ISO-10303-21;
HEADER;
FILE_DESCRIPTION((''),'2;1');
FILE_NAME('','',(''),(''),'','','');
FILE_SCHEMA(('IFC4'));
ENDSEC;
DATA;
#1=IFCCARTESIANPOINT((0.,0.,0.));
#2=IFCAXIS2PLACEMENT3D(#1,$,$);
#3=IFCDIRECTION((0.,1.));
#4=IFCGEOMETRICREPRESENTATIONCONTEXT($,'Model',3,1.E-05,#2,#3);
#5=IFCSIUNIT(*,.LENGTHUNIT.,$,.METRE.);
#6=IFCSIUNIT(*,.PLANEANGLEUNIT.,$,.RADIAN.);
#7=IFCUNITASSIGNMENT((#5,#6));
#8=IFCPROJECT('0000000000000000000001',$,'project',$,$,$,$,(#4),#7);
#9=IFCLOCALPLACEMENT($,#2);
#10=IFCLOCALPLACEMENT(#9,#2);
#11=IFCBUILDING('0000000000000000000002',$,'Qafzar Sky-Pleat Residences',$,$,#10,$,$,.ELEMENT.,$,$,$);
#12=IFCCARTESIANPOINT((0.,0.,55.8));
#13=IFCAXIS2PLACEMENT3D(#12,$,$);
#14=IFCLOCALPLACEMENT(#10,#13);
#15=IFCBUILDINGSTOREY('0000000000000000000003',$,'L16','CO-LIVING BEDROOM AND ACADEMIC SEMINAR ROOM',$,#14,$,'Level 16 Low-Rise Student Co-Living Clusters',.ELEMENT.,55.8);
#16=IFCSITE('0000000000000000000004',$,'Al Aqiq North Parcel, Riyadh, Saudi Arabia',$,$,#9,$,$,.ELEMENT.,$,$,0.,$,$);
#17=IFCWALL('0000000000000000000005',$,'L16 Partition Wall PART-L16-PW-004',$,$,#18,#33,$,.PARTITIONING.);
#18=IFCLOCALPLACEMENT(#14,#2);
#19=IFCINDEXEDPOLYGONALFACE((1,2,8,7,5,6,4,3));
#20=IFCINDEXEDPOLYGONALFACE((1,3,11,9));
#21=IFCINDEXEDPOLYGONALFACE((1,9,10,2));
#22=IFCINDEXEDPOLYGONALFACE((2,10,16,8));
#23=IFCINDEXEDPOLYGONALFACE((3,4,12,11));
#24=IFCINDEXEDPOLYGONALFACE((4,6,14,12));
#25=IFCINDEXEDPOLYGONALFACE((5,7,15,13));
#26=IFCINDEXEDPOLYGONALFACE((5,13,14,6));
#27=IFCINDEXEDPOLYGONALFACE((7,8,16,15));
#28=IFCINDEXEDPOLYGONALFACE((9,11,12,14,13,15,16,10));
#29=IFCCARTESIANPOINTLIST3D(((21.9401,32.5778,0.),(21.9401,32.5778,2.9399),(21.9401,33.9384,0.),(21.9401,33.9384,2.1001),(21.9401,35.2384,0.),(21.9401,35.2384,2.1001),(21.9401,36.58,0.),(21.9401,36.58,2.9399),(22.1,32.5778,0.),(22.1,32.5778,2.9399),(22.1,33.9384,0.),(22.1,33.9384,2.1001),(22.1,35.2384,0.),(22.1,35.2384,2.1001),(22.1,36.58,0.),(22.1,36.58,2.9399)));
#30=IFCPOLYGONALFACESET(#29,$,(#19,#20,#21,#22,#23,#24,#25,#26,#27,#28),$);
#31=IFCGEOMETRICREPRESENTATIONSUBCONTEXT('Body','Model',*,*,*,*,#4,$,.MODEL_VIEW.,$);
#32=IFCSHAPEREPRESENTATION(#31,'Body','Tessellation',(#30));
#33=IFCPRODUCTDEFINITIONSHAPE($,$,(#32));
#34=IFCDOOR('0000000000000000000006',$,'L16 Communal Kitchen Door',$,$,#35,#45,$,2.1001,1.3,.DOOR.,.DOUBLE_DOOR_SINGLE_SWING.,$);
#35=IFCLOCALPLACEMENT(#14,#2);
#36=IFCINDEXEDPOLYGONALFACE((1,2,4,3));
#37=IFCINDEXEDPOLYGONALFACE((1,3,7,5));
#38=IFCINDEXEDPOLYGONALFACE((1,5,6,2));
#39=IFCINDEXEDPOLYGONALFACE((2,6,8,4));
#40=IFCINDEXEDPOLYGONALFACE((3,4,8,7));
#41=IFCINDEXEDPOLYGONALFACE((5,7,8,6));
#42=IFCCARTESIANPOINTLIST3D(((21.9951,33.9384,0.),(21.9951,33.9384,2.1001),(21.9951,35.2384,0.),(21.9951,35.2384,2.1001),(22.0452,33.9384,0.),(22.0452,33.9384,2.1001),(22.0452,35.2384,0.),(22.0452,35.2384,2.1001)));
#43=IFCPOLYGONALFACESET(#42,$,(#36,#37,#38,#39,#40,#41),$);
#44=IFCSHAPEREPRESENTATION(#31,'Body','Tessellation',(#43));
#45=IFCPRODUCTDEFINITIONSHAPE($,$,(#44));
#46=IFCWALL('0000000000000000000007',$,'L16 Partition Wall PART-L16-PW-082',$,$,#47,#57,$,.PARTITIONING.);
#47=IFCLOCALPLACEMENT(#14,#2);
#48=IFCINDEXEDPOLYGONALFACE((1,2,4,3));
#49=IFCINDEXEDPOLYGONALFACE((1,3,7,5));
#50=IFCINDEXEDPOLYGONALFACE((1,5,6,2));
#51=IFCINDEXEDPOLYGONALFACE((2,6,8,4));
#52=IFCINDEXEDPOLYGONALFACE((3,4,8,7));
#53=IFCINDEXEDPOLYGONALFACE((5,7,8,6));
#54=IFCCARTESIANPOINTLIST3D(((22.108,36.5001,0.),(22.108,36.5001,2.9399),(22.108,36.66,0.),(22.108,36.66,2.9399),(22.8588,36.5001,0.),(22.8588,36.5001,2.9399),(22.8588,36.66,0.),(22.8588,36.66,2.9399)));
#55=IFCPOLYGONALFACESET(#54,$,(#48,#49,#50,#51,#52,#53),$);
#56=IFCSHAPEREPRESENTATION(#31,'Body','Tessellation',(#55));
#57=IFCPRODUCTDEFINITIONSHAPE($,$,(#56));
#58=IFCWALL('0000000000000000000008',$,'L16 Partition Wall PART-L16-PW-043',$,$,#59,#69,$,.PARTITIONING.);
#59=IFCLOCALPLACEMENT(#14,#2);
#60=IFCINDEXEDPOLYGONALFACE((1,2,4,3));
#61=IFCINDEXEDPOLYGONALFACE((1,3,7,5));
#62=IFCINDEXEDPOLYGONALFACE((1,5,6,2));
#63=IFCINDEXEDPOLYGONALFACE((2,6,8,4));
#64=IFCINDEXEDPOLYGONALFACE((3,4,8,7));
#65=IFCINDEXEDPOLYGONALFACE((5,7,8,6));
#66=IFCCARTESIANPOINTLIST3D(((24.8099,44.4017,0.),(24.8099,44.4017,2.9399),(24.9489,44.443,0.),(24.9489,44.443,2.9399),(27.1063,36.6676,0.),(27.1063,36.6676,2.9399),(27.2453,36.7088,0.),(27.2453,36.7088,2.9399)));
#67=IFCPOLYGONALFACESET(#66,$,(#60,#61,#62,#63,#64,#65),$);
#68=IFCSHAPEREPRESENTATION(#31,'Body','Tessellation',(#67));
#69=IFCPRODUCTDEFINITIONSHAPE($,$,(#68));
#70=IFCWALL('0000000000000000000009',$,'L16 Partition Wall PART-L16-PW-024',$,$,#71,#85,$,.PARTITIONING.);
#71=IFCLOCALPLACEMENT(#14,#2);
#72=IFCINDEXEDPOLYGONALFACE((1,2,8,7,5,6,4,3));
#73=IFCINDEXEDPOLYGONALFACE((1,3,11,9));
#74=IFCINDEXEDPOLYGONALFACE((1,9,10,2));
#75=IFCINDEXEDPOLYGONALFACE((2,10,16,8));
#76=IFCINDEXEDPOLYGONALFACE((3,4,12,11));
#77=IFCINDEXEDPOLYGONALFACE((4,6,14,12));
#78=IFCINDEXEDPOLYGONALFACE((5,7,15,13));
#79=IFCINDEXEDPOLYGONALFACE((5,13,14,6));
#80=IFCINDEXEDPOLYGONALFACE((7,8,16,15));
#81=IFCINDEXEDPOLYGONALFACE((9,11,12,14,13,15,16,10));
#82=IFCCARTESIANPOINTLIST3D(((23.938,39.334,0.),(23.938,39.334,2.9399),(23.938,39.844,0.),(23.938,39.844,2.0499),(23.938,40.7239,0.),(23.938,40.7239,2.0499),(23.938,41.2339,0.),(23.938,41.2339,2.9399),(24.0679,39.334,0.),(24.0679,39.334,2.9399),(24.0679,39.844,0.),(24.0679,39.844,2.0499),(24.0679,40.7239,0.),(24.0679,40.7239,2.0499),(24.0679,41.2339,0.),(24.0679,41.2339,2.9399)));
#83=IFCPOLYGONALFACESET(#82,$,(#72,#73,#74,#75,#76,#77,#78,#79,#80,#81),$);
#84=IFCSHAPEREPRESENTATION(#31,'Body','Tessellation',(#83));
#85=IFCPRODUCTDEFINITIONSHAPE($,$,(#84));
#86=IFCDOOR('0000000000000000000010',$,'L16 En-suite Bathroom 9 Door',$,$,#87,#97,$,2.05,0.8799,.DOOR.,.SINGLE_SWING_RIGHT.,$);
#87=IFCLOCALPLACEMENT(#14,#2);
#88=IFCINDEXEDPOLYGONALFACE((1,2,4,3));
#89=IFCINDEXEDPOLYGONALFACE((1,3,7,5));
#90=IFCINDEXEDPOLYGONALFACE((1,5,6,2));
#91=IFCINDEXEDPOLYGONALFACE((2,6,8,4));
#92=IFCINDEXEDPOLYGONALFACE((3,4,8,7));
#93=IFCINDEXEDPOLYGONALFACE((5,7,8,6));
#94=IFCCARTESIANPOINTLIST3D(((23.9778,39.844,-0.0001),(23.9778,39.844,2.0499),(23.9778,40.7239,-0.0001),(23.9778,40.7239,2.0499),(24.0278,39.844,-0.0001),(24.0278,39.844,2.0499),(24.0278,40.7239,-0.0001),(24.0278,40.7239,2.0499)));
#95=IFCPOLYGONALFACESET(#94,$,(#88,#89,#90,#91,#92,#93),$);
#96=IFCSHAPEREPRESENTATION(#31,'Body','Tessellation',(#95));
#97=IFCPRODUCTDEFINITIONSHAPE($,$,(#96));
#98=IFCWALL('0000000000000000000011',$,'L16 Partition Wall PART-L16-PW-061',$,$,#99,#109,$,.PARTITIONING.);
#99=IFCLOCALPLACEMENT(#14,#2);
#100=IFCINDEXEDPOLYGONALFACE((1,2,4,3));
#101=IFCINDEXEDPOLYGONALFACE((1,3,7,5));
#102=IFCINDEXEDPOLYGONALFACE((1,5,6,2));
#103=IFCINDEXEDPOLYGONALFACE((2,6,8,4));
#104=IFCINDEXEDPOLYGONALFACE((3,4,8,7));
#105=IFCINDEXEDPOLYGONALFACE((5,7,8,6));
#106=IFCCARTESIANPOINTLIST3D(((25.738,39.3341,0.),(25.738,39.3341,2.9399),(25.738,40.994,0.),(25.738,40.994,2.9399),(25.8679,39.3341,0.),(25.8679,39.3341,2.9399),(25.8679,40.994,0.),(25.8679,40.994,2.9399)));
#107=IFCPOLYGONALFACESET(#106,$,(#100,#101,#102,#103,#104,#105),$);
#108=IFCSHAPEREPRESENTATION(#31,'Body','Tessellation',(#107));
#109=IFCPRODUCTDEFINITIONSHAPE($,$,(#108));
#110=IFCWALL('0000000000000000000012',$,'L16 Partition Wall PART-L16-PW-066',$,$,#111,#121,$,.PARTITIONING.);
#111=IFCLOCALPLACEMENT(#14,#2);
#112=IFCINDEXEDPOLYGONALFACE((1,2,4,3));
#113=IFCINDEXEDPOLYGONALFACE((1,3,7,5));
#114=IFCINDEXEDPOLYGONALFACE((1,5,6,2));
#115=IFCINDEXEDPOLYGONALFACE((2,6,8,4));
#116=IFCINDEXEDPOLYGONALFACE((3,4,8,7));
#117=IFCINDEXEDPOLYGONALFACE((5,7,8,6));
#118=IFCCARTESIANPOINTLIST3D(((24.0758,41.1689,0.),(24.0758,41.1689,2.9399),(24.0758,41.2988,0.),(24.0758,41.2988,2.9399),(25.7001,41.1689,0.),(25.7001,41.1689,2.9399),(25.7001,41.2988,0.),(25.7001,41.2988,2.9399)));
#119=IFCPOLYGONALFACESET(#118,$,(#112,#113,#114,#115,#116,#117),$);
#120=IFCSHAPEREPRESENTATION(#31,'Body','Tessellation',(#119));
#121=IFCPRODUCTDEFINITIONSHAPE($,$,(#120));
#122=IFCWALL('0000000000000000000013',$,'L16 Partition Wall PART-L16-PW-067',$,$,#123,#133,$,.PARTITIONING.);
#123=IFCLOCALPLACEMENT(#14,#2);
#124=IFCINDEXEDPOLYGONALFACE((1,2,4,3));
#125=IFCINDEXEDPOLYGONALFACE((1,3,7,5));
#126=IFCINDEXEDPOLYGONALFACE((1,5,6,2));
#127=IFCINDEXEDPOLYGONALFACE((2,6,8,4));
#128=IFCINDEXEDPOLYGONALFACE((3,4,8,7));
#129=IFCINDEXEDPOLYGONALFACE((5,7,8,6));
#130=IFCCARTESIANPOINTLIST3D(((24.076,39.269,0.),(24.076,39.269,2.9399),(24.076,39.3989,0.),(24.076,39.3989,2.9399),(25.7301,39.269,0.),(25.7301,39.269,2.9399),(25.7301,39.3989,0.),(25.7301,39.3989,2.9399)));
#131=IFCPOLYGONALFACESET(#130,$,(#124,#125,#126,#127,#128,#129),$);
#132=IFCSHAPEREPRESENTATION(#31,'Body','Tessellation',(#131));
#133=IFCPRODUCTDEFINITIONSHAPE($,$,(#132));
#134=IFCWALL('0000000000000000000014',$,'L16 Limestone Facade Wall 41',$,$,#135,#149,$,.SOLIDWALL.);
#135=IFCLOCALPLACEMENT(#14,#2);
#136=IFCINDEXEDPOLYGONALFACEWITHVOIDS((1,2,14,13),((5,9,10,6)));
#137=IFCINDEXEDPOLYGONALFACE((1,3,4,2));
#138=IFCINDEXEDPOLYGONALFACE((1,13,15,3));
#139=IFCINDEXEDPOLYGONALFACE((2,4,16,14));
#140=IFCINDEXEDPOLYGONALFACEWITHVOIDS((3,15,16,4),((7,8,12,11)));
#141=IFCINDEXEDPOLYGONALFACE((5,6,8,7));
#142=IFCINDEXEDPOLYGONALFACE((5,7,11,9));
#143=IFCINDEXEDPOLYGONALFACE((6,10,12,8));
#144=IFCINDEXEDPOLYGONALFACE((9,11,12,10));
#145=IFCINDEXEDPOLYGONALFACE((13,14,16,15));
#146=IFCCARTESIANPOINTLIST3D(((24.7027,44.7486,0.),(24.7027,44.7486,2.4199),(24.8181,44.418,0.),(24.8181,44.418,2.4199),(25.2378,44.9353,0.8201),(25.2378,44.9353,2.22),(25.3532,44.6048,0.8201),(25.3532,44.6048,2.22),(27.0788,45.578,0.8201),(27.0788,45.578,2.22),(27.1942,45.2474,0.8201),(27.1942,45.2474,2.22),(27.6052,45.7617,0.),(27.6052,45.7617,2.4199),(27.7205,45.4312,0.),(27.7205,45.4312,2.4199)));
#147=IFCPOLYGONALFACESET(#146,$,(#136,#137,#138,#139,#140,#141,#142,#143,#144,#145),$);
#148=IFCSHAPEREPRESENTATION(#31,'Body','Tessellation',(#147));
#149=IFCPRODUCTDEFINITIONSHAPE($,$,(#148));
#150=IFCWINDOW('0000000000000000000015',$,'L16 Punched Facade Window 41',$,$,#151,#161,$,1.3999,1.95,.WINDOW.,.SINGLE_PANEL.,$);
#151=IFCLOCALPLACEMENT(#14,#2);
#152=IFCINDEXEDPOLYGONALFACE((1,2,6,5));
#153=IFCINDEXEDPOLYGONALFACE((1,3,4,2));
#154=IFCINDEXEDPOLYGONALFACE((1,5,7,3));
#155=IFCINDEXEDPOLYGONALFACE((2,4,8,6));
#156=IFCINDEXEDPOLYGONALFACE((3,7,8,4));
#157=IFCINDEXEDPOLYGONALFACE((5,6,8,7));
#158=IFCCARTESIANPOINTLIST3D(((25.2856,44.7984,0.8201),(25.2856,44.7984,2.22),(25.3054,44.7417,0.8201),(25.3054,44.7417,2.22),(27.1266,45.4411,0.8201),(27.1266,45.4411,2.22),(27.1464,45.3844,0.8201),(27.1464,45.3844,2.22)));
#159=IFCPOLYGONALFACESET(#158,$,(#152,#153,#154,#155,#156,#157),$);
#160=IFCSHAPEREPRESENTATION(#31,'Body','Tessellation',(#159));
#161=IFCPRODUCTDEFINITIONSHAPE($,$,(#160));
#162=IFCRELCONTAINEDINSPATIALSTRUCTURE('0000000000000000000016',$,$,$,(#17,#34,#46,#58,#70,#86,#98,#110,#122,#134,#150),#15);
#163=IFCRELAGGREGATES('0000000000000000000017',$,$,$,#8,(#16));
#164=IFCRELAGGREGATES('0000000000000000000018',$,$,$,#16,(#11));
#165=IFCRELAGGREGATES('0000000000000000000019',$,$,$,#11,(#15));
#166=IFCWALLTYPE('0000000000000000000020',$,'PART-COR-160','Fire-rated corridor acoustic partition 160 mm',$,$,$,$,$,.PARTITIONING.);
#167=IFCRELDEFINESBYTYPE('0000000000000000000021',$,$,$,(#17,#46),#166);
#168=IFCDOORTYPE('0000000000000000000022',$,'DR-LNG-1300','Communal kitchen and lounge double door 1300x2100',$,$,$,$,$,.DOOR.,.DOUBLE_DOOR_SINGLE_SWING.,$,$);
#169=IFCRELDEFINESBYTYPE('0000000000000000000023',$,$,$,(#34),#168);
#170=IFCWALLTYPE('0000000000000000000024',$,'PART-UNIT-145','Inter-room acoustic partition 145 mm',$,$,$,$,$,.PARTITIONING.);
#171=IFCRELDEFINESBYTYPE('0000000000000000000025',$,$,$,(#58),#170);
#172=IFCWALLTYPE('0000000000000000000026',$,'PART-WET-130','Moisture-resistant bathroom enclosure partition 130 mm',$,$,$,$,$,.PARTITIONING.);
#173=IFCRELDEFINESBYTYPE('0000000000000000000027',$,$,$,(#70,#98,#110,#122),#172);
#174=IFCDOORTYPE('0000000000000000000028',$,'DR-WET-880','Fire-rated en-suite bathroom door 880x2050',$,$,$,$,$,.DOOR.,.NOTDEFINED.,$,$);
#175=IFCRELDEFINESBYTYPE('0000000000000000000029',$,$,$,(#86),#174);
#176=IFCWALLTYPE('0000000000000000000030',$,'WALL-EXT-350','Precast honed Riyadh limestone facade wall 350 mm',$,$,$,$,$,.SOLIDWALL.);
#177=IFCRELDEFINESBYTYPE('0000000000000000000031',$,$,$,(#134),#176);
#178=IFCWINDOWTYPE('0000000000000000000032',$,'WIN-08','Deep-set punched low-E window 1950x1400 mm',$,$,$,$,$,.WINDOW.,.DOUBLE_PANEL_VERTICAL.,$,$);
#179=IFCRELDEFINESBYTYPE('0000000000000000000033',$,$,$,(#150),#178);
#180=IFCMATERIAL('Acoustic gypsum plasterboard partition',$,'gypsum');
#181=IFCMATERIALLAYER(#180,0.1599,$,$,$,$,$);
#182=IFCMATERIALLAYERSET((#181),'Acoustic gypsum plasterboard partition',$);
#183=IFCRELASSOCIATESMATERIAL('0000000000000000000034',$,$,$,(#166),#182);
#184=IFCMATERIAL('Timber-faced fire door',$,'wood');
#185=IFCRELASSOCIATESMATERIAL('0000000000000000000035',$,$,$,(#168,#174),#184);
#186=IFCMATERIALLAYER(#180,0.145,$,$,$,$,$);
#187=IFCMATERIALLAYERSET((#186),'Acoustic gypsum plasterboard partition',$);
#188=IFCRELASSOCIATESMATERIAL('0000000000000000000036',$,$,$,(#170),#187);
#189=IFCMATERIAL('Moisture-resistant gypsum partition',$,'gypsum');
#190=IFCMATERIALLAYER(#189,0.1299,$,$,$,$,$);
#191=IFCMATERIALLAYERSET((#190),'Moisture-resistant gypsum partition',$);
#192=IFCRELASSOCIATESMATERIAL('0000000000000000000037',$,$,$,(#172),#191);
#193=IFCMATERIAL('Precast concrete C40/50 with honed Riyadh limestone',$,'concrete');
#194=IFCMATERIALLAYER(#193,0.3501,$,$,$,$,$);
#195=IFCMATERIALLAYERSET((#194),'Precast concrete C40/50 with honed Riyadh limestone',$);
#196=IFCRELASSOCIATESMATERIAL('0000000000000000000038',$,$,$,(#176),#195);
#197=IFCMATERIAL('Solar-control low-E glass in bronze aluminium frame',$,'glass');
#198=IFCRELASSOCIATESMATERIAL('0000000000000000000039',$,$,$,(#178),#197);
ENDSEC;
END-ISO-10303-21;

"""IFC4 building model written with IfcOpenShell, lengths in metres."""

from ifc_helpers import new_model, si_unit, direction, frame, frame_2d, origin, place, context, subcontext, project, spatial, rectangle, extrude, source, transform, mapped, material, layer, layer_set, type_object, element, fill, save


model = new_model("IFC4")

# Units and contexts
model_context = context("Model", 3, precision=1e-05, world=origin(), true_north=direction((0.0, 1.0)))
body_context = subcontext(model_context, "Body", "Model", "MODEL_VIEW")
ifc_project = project(units=[si_unit("LENGTHUNIT", "METRE"), si_unit("PLANEANGLEUNIT", "RADIAN")], contexts=[model_context])

# Site, building, storey
site_placement = place(None, origin())
site = spatial("IfcSite", under=ifc_project, at=site_placement, Name="Al Aqiq North Parcel, Riyadh, Saudi Arabia", CompositionType="ELEMENT", RefElevation=0.0)
building_placement = place(site_placement, origin())
building = spatial("IfcBuilding", under=site, at=building_placement, Name="Qafzar Sky-Pleat Residences", CompositionType="ELEMENT")
storey_placement = place(building_placement, frame((0.0, 0.0, 55.8)))
storey = spatial("IfcBuildingStorey", under=building, at=storey_placement, Name="L16", Description="CO-LIVING BEDROOM AND ACADEMIC SEMINAR ROOM", LongName="Level 16 Low-Rise Student Co-Living Clusters", CompositionType="ELEMENT", Elevation=55.8)

# Wall, opening, door
ifc_material_1 = material(Name="Acoustic gypsum plasterboard partition", Category="gypsum")
ifc_layer_1 = layer(ifc_material_1, 0.1599)
ifc_layer_set_1 = layer_set([ifc_layer_1], Name="Acoustic gypsum plasterboard partition")
wall_type_1 = type_object("IfcWallType", Name="PART-COR-160", Description="Fire-rated corridor acoustic partition 160 mm", PredefinedType="PARTITIONING", material=ifc_layer_set_1)
ifc_material_2 = material(Name="Timber-faced fire door", Category="wood")
door_type_1 = type_object("IfcDoorType", Name="DR-LNG-1300", Description="Communal kitchen and lounge double door 1300x2100", OperationType="DOUBLE_DOOR_SINGLE_SWING", PredefinedType="DOOR", material=ifc_material_2)
shared_shape_1 = source(origin(), body_context, "Body", "SweptSolid", [
    extrude(rectangle(XDim=1.3, YDim=2.1001, at=frame_2d((0.6499, 1.05))), frame((0.0, 0.0249, 0.0), z_axis=(0.0, -1.0, 0.0), x_axis=(1.0, 0.0, 0.0)), (0.0, 0.0, 1.0), 0.05),
])
wall_1_placement = place(storey_placement, frame((22.02, 32.5779, 0.0), z_axis=(0.0, 0.0, 1.0), x_axis=(0.0, 1.0, 0.0)))
wall_1 = element("IfcWall", 1, at=wall_1_placement, inside=storey, type_object=wall_type_1, Name="L16 Partition Wall PART-L16-PW-004", PredefinedType="PARTITIONING", context=body_context, shape_type="SweptSolid", body=[
    extrude(rectangle(XDim=4.0022, YDim=0.1599, at=frame_2d((2.001, 0.0))), origin(), (0.0, 0.0, 1.0), 2.9399),
])
opening_1_placement = place(wall_1_placement, frame((1.3606, 0.0, 0.0)))
opening_1 = element("IfcOpeningElement", 2, at=opening_1_placement, cuts=wall_1, PredefinedType="OPENING", context=body_context, shape_type="SweptSolid", body=[
    extrude(rectangle(XDim=1.3, YDim=2.1001, at=frame_2d((0.6499, 1.05))), frame((0.0, 0.0898, 0.0), z_axis=(0.0, -1.0, 0.0), x_axis=(1.0, 0.0, 0.0)), (0.0, 0.0, 1.0), 0.1799),
])
door_1_placement = place(opening_1_placement, origin())
door_1 = element("IfcDoor", 3, at=door_1_placement, inside=storey, type_object=door_type_1, Name="L16 Communal Kitchen Door", OperationType="DOUBLE_DOOR_SINGLE_SWING", OverallHeight=2.1001, OverallWidth=1.3, PredefinedType="DOOR", context=body_context, shape_type="MappedRepresentation", body=[
    mapped(shared_shape_1, transform((0.0, 0.0, 0.0), x_axis=(1.0, 0.0, 0.0), y_axis=(0.0, 1.0, 0.0), z_axis=(0.0, 0.0, 1.0), scale=1.0)),
])
fill(opening_1, door_1)

# Walls
wall_2_placement = place(storey_placement, frame((22.1079, 36.5801, 0.0), z_axis=(0.0, 0.0, 1.0), x_axis=(1.0, 0.0, 0.0)))
element("IfcWall", 4, at=wall_2_placement, inside=storey, type_object=wall_type_1, Name="L16 Partition Wall PART-L16-PW-082", PredefinedType="PARTITIONING", context=body_context, shape_type="SweptSolid", body=[
    extrude(rectangle(XDim=0.7507, YDim=0.1599, at=frame_2d((0.3755, 0.0))), origin(), (0.0, 0.0, 1.0), 2.9399),
])
ifc_layer_2 = layer(ifc_material_1, 0.145)
ifc_layer_set_2 = layer_set([ifc_layer_2], Name="Acoustic gypsum plasterboard partition")
wall_type_2 = type_object("IfcWallType", Name="PART-UNIT-145", Description="Inter-room acoustic partition 145 mm", PredefinedType="PARTITIONING", material=ifc_layer_set_2)
wall_3_placement = place(storey_placement, frame((24.8794, 44.4224, 0.0), z_axis=(0.0, 0.0, 1.0), x_axis=(0.284634, -0.958636, 0.0)))
element("IfcWall", 5, at=wall_3_placement, inside=storey, type_object=wall_type_2, Name="L16 Partition Wall PART-L16-PW-043", PredefinedType="PARTITIONING", context=body_context, shape_type="SweptSolid", body=[
    extrude(rectangle(XDim=8.0679, YDim=0.145, at=frame_2d((4.0339, 0.0))), origin(), (0.0, 0.0, 1.0), 2.9399),
])

# Wall, opening, door
ifc_material_3 = material(Name="Moisture-resistant gypsum partition", Category="gypsum")
ifc_layer_3 = layer(ifc_material_3, 0.1299)
ifc_layer_set_3 = layer_set([ifc_layer_3], Name="Moisture-resistant gypsum partition")
wall_type_3 = type_object("IfcWallType", Name="PART-WET-130", Description="Moisture-resistant bathroom enclosure partition 130 mm", PredefinedType="PARTITIONING", material=ifc_layer_set_3)
wall_4_placement = place(storey_placement, frame((24.0029, 41.2339, 0.0), z_axis=(0.0, 0.0, 1.0), x_axis=(0.0, -1.0, 0.0)))
wall_4 = element("IfcWall", 6, at=wall_4_placement, inside=storey, type_object=wall_type_3, Name="L16 Partition Wall PART-L16-PW-024", PredefinedType="PARTITIONING", context=body_context, shape_type="SweptSolid", body=[
    extrude(rectangle(XDim=1.8999, YDim=0.1299, at=frame_2d((0.95, 0.0))), origin(), (0.0, 0.0, 1.0), 2.9399),
])
opening_2_placement = place(wall_4_placement, frame((0.51, 0.0, 0.0)))
opening_2 = element("IfcOpeningElement", 7, at=opening_2_placement, cuts=wall_4, PredefinedType="OPENING", context=body_context, shape_type="SweptSolid", body=[
    extrude(rectangle(XDim=0.8799, YDim=2.05, at=frame_2d((0.4399, 1.0249))), frame((0.0, 0.075, 0.0), z_axis=(0.0, -1.0, 0.0), x_axis=(1.0, 0.0, 0.0)), (0.0, 0.0, 1.0), 0.1499),
])
door_type_2 = type_object("IfcDoorType", Name="DR-WET-880", Description="Fire-rated en-suite bathroom door 880x2050", OperationType="NOTDEFINED", PredefinedType="DOOR", material=ifc_material_2)
shared_shape_2 = source(origin(), body_context, "Body", "SweptSolid", [
    extrude(rectangle(XDim=0.8799, YDim=2.05, at=frame_2d((0.4399, 1.0249))), frame((0.0, 0.0249, 0.0), z_axis=(0.0, -1.0, 0.0), x_axis=(1.0, 0.0, 0.0)), (0.0, 0.0, 1.0), 0.05),
])
door_2_placement = place(opening_2_placement, origin())
door_2 = element("IfcDoor", 8, at=door_2_placement, inside=storey, type_object=door_type_2, Name="L16 En-suite Bathroom 9 Door", OperationType="SINGLE_SWING_RIGHT", OverallHeight=2.05, OverallWidth=0.8799, PredefinedType="DOOR", context=body_context, shape_type="MappedRepresentation", body=[
    mapped(shared_shape_2, transform((0.0, 0.0, 0.0), x_axis=(1.0, 0.0, 0.0), y_axis=(0.0, 1.0, 0.0), z_axis=(0.0, 0.0, 1.0), scale=1.0)),
])
fill(opening_2, door_2)

# Walls
wall_5_placement = place(storey_placement, frame((25.803, 39.334, 0.0), z_axis=(0.0, 0.0, 1.0), x_axis=(0.0, 1.0, 0.0)))
element("IfcWall", 9, at=wall_5_placement, inside=storey, type_object=wall_type_3, Name="L16 Partition Wall PART-L16-PW-061", PredefinedType="PARTITIONING", context=body_context, shape_type="SweptSolid", body=[
    extrude(rectangle(XDim=1.6599, YDim=0.1299, at=frame_2d((0.8301, 0.0))), origin(), (0.0, 0.0, 1.0), 2.9399),
])
wall_6_placement = place(storey_placement, frame((24.0759, 41.2339, 0.0), z_axis=(0.0, 0.0, 1.0), x_axis=(1.0, 0.0, 0.0)))
element("IfcWall", 10, at=wall_6_placement, inside=storey, type_object=wall_type_3, Name="L16 Partition Wall PART-L16-PW-066", PredefinedType="PARTITIONING", context=body_context, shape_type="SweptSolid", body=[
    extrude(rectangle(XDim=1.6243, YDim=0.1299, at=frame_2d((0.812, 0.0))), origin(), (0.0, 0.0, 1.0), 2.9399),
])
wall_7_placement = place(storey_placement, frame((24.0759, 39.334, 0.0), z_axis=(0.0, 0.0, 1.0), x_axis=(1.0, 0.0, 0.0)))
element("IfcWall", 11, at=wall_7_placement, inside=storey, type_object=wall_type_3, Name="L16 Partition Wall PART-L16-PW-067", PredefinedType="PARTITIONING", context=body_context, shape_type="SweptSolid", body=[
    extrude(rectangle(XDim=1.6541, YDim=0.1299, at=frame_2d((0.8271, 0.0))), origin(), (0.0, 0.0, 1.0), 2.9399),
])

# Wall, opening, window
ifc_material_4 = material(Name="Precast concrete C40/50 with honed Riyadh limestone", Category="concrete")
ifc_layer_4 = layer(ifc_material_4, 0.3501)
ifc_layer_set_4 = layer_set([ifc_layer_4], Name="Precast concrete C40/50 with honed Riyadh limestone")
wall_type_4 = type_object("IfcWallType", Name="WALL-EXT-350", Description="Precast honed Riyadh limestone facade wall 350 mm", PredefinedType="SOLIDWALL", material=ifc_layer_set_4)
wall_8_placement = place(storey_placement, frame((27.6628, 45.5964, 0.0), z_axis=(0.0, 0.0, 1.0), x_axis=(-0.944134, -0.329561, 0.0)))
wall_8 = element("IfcWall", 12, at=wall_8_placement, inside=storey, type_object=wall_type_4, Name="L16 Limestone Facade Wall 41", PredefinedType="SOLIDWALL", context=body_context, shape_type="SweptSolid", body=[
    extrude(rectangle(XDim=3.0742, YDim=0.3501, at=frame_2d((1.5371, 0.0))), origin(), (0.0, 0.0, 1.0), 2.4199),
])
opening_3_placement = place(wall_8_placement, frame((0.5574, 0.0, 0.8201)))
opening_3 = element("IfcOpeningElement", 13, at=opening_3_placement, cuts=wall_8, PredefinedType="OPENING", context=body_context, shape_type="SweptSolid", body=[
    extrude(rectangle(XDim=1.95, YDim=1.3999, at=frame_2d((0.9751, 0.7))), frame((0.0, 0.1851, 0.0), z_axis=(0.0, -1.0, 0.0), x_axis=(1.0, 0.0, 0.0)), (0.0, 0.0, 1.0), 0.3701),
])
ifc_material_5 = material(Name="Solar-control low-E glass in bronze aluminium frame", Category="glass")
window_type_1 = type_object("IfcWindowType", Name="WIN-08", Description="Deep-set punched low-E window 1950x1400 mm", PartitioningType="DOUBLE_PANEL_VERTICAL", PredefinedType="WINDOW", material=ifc_material_5)
shared_shape_3 = source(origin(), body_context, "Body", "SweptSolid", [
    extrude(rectangle(XDim=1.95, YDim=1.3999, at=frame_2d((0.9751, 0.7))), frame((0.0, 0.03, 0.0), z_axis=(0.0, -1.0, 0.0), x_axis=(1.0, 0.0, 0.0)), (0.0, 0.0, 1.0), 0.0601),
])
window_1_placement = place(opening_3_placement, origin())
window_1 = element("IfcWindow", 14, at=window_1_placement, inside=storey, type_object=window_type_1, Name="L16 Punched Facade Window 41", OverallHeight=1.3999, OverallWidth=1.95, PartitioningType="SINGLE_PANEL", PredefinedType="WINDOW", context=body_context, shape_type="MappedRepresentation", body=[
    mapped(shared_shape_3, transform((0.0, 0.0, 0.0), x_axis=(1.0, 0.0, 0.0), y_axis=(0.0, 1.0, 0.0), z_axis=(0.0, 0.0, 1.0), scale=1.0)),
])
fill(opening_3, window_1)

save(model, "model.ifc")
